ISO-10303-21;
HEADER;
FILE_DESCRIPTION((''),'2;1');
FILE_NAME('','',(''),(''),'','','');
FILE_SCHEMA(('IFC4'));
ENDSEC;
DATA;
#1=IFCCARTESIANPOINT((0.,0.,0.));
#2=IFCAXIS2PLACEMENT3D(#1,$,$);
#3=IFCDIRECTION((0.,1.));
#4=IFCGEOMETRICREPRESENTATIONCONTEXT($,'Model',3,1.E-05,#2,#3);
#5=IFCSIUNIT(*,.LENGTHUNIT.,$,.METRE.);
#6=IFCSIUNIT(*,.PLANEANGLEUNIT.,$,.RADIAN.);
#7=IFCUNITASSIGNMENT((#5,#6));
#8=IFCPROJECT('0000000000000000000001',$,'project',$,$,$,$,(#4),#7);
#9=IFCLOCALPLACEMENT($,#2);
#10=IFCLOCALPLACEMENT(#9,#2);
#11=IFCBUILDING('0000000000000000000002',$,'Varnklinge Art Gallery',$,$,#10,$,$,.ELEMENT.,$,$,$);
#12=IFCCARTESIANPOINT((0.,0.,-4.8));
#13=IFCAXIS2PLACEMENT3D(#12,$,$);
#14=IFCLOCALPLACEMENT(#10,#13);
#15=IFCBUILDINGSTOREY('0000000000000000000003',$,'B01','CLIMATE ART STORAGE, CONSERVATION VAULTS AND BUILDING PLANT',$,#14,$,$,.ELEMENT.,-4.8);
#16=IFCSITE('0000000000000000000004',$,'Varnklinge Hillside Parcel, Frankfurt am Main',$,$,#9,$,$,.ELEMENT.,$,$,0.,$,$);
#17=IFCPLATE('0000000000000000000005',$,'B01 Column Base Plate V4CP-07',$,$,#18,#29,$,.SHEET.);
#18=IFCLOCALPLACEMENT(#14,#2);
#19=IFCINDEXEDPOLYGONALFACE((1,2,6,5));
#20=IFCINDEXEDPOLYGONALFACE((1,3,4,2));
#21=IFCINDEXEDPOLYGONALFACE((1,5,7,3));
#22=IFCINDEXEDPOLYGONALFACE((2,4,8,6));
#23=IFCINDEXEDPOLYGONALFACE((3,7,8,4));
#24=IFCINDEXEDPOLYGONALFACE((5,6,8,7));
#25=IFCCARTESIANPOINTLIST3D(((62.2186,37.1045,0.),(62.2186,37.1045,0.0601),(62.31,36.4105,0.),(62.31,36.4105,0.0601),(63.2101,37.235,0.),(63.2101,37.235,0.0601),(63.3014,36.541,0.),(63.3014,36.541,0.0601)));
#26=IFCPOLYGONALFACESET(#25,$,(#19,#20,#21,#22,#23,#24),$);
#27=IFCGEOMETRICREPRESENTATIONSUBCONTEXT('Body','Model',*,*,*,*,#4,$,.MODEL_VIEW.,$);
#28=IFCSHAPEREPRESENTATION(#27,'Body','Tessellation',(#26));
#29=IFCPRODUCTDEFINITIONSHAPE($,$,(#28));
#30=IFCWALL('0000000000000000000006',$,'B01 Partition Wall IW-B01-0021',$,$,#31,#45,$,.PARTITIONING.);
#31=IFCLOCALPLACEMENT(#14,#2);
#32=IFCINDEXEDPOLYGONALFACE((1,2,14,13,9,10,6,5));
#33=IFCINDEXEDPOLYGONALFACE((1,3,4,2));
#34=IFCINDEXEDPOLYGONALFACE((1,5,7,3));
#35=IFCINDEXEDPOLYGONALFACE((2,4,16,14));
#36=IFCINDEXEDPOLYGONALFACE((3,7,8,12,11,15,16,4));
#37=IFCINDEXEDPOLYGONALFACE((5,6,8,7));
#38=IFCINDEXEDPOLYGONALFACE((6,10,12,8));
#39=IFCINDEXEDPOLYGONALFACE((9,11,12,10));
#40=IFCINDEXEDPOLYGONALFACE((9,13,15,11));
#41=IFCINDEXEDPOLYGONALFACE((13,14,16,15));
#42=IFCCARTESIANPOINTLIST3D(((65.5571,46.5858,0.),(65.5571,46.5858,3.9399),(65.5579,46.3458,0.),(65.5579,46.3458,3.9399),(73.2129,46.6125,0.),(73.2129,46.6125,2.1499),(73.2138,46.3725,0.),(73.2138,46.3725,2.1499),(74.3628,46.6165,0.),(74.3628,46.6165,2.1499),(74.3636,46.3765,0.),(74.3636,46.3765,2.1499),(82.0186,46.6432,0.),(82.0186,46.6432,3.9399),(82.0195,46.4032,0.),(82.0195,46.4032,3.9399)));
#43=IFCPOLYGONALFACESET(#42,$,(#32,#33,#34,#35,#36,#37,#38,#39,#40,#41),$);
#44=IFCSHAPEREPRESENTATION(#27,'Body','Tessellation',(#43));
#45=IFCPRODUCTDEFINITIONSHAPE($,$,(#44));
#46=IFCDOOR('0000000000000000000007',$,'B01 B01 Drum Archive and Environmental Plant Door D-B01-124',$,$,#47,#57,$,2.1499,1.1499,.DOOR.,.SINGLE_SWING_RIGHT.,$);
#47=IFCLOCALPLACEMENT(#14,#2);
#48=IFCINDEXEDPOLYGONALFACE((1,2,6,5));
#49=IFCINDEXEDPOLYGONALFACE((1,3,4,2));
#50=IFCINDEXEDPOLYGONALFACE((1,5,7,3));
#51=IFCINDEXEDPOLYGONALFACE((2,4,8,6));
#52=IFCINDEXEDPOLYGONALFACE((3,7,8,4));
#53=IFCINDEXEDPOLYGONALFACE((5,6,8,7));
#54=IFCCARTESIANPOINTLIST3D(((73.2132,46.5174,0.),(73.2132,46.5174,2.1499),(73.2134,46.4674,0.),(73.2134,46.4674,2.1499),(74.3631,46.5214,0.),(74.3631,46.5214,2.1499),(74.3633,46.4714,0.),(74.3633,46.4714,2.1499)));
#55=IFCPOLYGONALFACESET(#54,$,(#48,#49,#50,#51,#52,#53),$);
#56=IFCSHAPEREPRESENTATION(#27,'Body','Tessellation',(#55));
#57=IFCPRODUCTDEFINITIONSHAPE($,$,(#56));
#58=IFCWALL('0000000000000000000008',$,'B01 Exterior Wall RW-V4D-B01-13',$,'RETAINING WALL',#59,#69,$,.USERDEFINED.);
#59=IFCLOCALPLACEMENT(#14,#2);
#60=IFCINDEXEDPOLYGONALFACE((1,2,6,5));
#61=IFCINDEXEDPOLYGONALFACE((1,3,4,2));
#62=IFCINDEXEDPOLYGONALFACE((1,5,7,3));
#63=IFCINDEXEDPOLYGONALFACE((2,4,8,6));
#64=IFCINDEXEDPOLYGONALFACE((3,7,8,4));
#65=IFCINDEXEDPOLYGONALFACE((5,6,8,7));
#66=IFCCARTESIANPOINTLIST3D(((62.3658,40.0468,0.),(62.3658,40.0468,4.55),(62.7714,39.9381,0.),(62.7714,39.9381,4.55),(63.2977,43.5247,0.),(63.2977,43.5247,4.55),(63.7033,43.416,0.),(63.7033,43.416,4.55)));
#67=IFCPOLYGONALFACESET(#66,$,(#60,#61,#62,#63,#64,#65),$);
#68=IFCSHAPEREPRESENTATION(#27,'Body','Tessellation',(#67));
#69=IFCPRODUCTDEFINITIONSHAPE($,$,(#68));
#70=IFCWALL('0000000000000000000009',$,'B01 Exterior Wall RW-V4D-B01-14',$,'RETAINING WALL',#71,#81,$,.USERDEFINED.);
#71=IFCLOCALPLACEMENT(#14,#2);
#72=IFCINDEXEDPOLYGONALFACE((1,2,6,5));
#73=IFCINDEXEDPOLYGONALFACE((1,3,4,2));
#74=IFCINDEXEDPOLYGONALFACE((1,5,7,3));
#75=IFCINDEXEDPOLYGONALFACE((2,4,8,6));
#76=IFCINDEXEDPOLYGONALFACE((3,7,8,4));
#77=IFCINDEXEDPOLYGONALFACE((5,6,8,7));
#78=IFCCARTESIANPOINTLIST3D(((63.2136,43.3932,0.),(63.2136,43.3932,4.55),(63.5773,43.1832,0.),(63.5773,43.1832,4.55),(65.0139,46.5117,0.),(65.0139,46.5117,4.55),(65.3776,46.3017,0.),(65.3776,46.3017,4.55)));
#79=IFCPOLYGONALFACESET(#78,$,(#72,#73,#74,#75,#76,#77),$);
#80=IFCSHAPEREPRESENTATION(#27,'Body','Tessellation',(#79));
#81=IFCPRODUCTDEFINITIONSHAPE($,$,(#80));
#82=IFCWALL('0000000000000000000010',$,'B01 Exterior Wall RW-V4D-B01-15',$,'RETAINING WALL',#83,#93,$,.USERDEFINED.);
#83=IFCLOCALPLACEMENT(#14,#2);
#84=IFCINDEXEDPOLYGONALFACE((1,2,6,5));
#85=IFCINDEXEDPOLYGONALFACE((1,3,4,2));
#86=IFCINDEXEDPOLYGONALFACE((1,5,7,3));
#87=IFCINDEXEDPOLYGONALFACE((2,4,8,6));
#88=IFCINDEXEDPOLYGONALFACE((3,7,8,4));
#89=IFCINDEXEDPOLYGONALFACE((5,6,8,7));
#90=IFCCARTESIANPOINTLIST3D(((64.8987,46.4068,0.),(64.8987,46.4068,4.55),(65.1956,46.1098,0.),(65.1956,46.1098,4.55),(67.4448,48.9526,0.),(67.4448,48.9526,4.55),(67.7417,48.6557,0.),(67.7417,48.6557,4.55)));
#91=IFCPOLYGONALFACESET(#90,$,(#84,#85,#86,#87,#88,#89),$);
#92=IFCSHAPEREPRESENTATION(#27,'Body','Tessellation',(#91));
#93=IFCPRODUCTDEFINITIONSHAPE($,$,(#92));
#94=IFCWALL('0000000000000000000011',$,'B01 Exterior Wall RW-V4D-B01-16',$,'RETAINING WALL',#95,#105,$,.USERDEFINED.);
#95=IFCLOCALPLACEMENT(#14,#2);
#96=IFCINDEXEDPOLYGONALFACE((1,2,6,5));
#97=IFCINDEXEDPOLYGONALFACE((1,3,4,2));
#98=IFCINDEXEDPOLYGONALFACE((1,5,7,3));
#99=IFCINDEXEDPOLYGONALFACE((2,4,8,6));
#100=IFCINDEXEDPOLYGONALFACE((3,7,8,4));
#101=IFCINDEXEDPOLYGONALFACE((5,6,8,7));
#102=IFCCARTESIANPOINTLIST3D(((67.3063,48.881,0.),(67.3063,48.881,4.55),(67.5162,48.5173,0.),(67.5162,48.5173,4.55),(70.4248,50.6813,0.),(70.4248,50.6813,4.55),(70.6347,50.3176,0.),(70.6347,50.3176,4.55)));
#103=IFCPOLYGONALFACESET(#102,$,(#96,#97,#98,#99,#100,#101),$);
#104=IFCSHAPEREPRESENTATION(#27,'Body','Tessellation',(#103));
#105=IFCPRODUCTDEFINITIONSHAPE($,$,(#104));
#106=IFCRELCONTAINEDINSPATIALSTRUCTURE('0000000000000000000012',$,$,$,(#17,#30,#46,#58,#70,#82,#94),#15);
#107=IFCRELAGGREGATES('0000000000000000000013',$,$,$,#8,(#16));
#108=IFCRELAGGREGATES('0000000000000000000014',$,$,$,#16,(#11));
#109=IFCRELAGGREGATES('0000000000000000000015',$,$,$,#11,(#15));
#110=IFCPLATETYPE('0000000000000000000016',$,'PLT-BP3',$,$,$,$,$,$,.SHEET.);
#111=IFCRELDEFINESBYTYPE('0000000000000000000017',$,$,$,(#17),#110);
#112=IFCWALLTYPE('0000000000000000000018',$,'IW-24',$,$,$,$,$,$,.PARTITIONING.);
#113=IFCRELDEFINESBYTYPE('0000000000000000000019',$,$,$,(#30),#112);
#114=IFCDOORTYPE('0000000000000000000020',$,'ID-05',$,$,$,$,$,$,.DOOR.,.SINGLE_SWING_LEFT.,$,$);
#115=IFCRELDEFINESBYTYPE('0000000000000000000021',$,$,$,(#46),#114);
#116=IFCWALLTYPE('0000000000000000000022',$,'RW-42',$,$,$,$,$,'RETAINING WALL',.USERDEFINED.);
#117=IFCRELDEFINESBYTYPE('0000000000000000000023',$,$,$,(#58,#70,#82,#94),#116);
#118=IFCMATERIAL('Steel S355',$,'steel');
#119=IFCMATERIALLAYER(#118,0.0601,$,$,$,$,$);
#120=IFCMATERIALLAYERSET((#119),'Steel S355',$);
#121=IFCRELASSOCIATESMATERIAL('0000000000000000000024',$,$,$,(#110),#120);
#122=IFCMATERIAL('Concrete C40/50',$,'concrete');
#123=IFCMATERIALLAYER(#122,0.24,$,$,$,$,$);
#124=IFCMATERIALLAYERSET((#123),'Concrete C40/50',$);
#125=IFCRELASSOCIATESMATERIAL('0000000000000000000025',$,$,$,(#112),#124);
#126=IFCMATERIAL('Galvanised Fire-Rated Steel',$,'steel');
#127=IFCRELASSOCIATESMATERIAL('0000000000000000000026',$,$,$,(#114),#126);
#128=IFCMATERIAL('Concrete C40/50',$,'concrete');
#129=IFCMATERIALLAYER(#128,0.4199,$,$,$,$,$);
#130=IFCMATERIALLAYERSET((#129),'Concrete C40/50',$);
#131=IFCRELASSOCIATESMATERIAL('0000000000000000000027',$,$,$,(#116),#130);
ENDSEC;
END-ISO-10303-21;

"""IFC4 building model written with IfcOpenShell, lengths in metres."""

from ifc_helpers import new_model, si_unit, direction, frame, frame_2d, origin, origin_2d, place, context, subcontext, project, spatial, rectangle, extrude, material, layer, layer_set, type_object, element, fill, save


model = new_model("IFC4")

# Units and contexts
model_context = context("Model", 3, precision=1e-05, world=origin(), true_north=direction((0.0, 1.0)))
body_context = subcontext(model_context, "Body", "Model", "MODEL_VIEW")
ifc_project = project(units=[si_unit("LENGTHUNIT", "METRE"), si_unit("PLANEANGLEUNIT", "RADIAN")], contexts=[model_context])

# Site, building, storey
site_placement = place(None, origin())
site = spatial("IfcSite", under=ifc_project, at=site_placement, Name="Varnklinge Hillside Parcel, Frankfurt am Main", CompositionType="ELEMENT", RefElevation=0.0)
building_placement = place(site_placement, origin())
building = spatial("IfcBuilding", under=site, at=building_placement, Name="Varnklinge Art Gallery", CompositionType="ELEMENT")
storey_placement = place(building_placement, frame((0.0, 0.0, -4.8)))
storey = spatial("IfcBuildingStorey", under=building, at=storey_placement, Name="B01", Description="CLIMATE ART STORAGE, CONSERVATION VAULTS AND BUILDING PLANT", CompositionType="ELEMENT", Elevation=-4.8)

# Plate
ifc_material_1 = material(Name="Steel S355", Category="steel")
ifc_layer_1 = layer(ifc_material_1, 0.0601)
ifc_layer_set_1 = layer_set([ifc_layer_1], Name="Steel S355")
plate_type_1 = type_object("IfcPlateType", Name="PLT-BP3", PredefinedType="SHEET", material=ifc_layer_set_1)
for number, where, z_axis, x_axis, name in (
    (1, (62.76, 36.8228, 0.0), (0.0, 0.0, 1.0), (-0.991445, -0.130526, 0.0), "B01 Column Base Plate V4CP-07"),
):
    element("IfcPlate", number, at=place(storey_placement, frame(where, z_axis=z_axis, x_axis=x_axis)), inside=storey, type_object=plate_type_1, Name=name, PredefinedType="SHEET", context=body_context, shape_type="SweptSolid", body=[
        extrude(rectangle(XDim=1.0, YDim=0.7, at=origin_2d()), origin(), (0.0, 0.0, 1.0), 0.0601),
    ])

# Wall, opening, door
ifc_material_2 = material(Name="Concrete C40/50", Category="concrete")
ifc_layer_2 = layer(ifc_material_2, 0.24)
ifc_layer_set_2 = layer_set([ifc_layer_2], Name="Concrete C40/50")
wall_type_1 = type_object("IfcWallType", Name="IW-24", PredefinedType="PARTITIONING", material=ifc_layer_set_2)
wall_1_placement = place(storey_placement, frame((65.5574, 46.4658, 0.0), z_axis=(0.0, 0.0, 1.0), x_axis=(0.999994, 0.003485, 0.0)))
wall_1 = element("IfcWall", 2, at=wall_1_placement, inside=storey, type_object=wall_type_1, Name="B01 Partition Wall IW-B01-0021", PredefinedType="PARTITIONING", context=body_context, shape_type="SweptSolid", body=[
    extrude(rectangle(XDim=16.4617, YDim=0.24, at=frame_2d((8.231, 0.0))), origin(), (0.0, 0.0, 1.0), 3.9399),
])
opening_placement = place(wall_1_placement, frame((7.656, 0.0, 0.0)))
opening = element("IfcOpeningElement", 3, at=opening_placement, cuts=wall_1, PredefinedType="OPENING", context=body_context, shape_type="SweptSolid", body=[
    extrude(rectangle(XDim=1.1499, YDim=2.1499, at=frame_2d((0.575, 1.075))), frame((0.0, 0.1301, 0.0), z_axis=(0.0, -1.0, 0.0), x_axis=(1.0, 0.0, 0.0)), (0.0, 0.0, 1.0), 0.26),
])
ifc_material_3 = material(Name="Galvanised Fire-Rated Steel", Category="steel")
door_type = type_object("IfcDoorType", Name="ID-05", OperationType="SINGLE_SWING_LEFT", PredefinedType="DOOR", material=ifc_material_3)
door_placement = place(opening_placement, origin())
door = element("IfcDoor", 4, at=door_placement, inside=storey, type_object=door_type, Name="B01 B01 Drum Archive and Environmental Plant Door D-B01-124", OperationType="SINGLE_SWING_RIGHT", OverallHeight=2.1499, OverallWidth=1.1499, PredefinedType="DOOR", context=body_context, shape_type="SweptSolid", body=[
    extrude(rectangle(XDim=1.1499, YDim=2.1499, at=frame_2d((0.575, 1.075))), frame((0.0, 0.0249, 0.0), z_axis=(0.0, -1.0, 0.0), x_axis=(1.0, 0.0, 0.0)), (0.0, 0.0, 1.0), 0.05),
])
fill(opening, door)

# Walls
ifc_material_4 = material(Name="Concrete C40/50", Category="concrete")
ifc_layer_3 = layer(ifc_material_4, 0.4199)
ifc_layer_set_3 = layer_set([ifc_layer_3], Name="Concrete C40/50")
wall_type_2 = type_object("IfcWallType", Name="RW-42", ElementType="RETAINING WALL", PredefinedType="USERDEFINED", material=ifc_layer_set_3)
wall_2_placement = place(storey_placement, frame((62.5686, 39.9924, 0.0), z_axis=(0.0, 0.0, 1.0), x_axis=(0.258823, 0.965925, 0.0)))
element("IfcWall", 5, at=wall_2_placement, inside=storey, type_object=wall_type_2, Name="B01 Exterior Wall RW-V4D-B01-13", ObjectType="RETAINING WALL", PredefinedType="USERDEFINED", context=body_context, shape_type="SweptSolid", body=[
    extrude(rectangle(XDim=3.6006, YDim=0.4199, at=frame_2d((1.8003, 0.0))), origin(), (0.0, 0.0, 1.0), 4.55),
])
wall_3_placement = place(storey_placement, frame((63.3955, 43.2883, 0.0), z_axis=(0.0, 0.0, 1.0), x_axis=(0.499975, 0.86604, 0.0)))
element("IfcWall", 6, at=wall_3_placement, inside=storey, type_object=wall_type_2, Name="B01 Exterior Wall RW-V4D-B01-14", ObjectType="RETAINING WALL", PredefinedType="USERDEFINED", context=body_context, shape_type="SweptSolid", body=[
    extrude(rectangle(XDim=3.6008, YDim=0.4199, at=frame_2d((1.8003, 0.0))), origin(), (0.0, 0.0, 1.0), 4.55),
])
wall_4_placement = place(storey_placement, frame((65.0471, 46.2583, 0.0), z_axis=(0.0, 0.0, 1.0), x_axis=(0.707141, 0.707073, 0.0)))
element("IfcWall", 7, at=wall_4_placement, inside=storey, type_object=wall_type_2, Name="B01 Exterior Wall RW-V4D-B01-15", ObjectType="RETAINING WALL", PredefinedType="USERDEFINED", context=body_context, shape_type="SweptSolid", body=[
    extrude(rectangle(XDim=3.6006, YDim=0.4199, at=frame_2d((1.8003, 0.0))), origin(), (0.0, 0.0, 1.0), 4.55),
])
wall_5_placement = place(storey_placement, frame((67.4114, 48.6992, 0.0), z_axis=(0.0, 0.0, 1.0), x_axis=(0.86604, 0.499975, 0.0)))
element("IfcWall", 8, at=wall_5_placement, inside=storey, type_object=wall_type_2, Name="B01 Exterior Wall RW-V4D-B01-16", ObjectType="RETAINING WALL", PredefinedType="USERDEFINED", context=body_context, shape_type="SweptSolid", body=[
    extrude(rectangle(XDim=3.6008, YDim=0.4199, at=frame_2d((1.8003, 0.0))), origin(), (0.0, 0.0, 1.0), 4.55),
])

save(model, "model.ifc")
